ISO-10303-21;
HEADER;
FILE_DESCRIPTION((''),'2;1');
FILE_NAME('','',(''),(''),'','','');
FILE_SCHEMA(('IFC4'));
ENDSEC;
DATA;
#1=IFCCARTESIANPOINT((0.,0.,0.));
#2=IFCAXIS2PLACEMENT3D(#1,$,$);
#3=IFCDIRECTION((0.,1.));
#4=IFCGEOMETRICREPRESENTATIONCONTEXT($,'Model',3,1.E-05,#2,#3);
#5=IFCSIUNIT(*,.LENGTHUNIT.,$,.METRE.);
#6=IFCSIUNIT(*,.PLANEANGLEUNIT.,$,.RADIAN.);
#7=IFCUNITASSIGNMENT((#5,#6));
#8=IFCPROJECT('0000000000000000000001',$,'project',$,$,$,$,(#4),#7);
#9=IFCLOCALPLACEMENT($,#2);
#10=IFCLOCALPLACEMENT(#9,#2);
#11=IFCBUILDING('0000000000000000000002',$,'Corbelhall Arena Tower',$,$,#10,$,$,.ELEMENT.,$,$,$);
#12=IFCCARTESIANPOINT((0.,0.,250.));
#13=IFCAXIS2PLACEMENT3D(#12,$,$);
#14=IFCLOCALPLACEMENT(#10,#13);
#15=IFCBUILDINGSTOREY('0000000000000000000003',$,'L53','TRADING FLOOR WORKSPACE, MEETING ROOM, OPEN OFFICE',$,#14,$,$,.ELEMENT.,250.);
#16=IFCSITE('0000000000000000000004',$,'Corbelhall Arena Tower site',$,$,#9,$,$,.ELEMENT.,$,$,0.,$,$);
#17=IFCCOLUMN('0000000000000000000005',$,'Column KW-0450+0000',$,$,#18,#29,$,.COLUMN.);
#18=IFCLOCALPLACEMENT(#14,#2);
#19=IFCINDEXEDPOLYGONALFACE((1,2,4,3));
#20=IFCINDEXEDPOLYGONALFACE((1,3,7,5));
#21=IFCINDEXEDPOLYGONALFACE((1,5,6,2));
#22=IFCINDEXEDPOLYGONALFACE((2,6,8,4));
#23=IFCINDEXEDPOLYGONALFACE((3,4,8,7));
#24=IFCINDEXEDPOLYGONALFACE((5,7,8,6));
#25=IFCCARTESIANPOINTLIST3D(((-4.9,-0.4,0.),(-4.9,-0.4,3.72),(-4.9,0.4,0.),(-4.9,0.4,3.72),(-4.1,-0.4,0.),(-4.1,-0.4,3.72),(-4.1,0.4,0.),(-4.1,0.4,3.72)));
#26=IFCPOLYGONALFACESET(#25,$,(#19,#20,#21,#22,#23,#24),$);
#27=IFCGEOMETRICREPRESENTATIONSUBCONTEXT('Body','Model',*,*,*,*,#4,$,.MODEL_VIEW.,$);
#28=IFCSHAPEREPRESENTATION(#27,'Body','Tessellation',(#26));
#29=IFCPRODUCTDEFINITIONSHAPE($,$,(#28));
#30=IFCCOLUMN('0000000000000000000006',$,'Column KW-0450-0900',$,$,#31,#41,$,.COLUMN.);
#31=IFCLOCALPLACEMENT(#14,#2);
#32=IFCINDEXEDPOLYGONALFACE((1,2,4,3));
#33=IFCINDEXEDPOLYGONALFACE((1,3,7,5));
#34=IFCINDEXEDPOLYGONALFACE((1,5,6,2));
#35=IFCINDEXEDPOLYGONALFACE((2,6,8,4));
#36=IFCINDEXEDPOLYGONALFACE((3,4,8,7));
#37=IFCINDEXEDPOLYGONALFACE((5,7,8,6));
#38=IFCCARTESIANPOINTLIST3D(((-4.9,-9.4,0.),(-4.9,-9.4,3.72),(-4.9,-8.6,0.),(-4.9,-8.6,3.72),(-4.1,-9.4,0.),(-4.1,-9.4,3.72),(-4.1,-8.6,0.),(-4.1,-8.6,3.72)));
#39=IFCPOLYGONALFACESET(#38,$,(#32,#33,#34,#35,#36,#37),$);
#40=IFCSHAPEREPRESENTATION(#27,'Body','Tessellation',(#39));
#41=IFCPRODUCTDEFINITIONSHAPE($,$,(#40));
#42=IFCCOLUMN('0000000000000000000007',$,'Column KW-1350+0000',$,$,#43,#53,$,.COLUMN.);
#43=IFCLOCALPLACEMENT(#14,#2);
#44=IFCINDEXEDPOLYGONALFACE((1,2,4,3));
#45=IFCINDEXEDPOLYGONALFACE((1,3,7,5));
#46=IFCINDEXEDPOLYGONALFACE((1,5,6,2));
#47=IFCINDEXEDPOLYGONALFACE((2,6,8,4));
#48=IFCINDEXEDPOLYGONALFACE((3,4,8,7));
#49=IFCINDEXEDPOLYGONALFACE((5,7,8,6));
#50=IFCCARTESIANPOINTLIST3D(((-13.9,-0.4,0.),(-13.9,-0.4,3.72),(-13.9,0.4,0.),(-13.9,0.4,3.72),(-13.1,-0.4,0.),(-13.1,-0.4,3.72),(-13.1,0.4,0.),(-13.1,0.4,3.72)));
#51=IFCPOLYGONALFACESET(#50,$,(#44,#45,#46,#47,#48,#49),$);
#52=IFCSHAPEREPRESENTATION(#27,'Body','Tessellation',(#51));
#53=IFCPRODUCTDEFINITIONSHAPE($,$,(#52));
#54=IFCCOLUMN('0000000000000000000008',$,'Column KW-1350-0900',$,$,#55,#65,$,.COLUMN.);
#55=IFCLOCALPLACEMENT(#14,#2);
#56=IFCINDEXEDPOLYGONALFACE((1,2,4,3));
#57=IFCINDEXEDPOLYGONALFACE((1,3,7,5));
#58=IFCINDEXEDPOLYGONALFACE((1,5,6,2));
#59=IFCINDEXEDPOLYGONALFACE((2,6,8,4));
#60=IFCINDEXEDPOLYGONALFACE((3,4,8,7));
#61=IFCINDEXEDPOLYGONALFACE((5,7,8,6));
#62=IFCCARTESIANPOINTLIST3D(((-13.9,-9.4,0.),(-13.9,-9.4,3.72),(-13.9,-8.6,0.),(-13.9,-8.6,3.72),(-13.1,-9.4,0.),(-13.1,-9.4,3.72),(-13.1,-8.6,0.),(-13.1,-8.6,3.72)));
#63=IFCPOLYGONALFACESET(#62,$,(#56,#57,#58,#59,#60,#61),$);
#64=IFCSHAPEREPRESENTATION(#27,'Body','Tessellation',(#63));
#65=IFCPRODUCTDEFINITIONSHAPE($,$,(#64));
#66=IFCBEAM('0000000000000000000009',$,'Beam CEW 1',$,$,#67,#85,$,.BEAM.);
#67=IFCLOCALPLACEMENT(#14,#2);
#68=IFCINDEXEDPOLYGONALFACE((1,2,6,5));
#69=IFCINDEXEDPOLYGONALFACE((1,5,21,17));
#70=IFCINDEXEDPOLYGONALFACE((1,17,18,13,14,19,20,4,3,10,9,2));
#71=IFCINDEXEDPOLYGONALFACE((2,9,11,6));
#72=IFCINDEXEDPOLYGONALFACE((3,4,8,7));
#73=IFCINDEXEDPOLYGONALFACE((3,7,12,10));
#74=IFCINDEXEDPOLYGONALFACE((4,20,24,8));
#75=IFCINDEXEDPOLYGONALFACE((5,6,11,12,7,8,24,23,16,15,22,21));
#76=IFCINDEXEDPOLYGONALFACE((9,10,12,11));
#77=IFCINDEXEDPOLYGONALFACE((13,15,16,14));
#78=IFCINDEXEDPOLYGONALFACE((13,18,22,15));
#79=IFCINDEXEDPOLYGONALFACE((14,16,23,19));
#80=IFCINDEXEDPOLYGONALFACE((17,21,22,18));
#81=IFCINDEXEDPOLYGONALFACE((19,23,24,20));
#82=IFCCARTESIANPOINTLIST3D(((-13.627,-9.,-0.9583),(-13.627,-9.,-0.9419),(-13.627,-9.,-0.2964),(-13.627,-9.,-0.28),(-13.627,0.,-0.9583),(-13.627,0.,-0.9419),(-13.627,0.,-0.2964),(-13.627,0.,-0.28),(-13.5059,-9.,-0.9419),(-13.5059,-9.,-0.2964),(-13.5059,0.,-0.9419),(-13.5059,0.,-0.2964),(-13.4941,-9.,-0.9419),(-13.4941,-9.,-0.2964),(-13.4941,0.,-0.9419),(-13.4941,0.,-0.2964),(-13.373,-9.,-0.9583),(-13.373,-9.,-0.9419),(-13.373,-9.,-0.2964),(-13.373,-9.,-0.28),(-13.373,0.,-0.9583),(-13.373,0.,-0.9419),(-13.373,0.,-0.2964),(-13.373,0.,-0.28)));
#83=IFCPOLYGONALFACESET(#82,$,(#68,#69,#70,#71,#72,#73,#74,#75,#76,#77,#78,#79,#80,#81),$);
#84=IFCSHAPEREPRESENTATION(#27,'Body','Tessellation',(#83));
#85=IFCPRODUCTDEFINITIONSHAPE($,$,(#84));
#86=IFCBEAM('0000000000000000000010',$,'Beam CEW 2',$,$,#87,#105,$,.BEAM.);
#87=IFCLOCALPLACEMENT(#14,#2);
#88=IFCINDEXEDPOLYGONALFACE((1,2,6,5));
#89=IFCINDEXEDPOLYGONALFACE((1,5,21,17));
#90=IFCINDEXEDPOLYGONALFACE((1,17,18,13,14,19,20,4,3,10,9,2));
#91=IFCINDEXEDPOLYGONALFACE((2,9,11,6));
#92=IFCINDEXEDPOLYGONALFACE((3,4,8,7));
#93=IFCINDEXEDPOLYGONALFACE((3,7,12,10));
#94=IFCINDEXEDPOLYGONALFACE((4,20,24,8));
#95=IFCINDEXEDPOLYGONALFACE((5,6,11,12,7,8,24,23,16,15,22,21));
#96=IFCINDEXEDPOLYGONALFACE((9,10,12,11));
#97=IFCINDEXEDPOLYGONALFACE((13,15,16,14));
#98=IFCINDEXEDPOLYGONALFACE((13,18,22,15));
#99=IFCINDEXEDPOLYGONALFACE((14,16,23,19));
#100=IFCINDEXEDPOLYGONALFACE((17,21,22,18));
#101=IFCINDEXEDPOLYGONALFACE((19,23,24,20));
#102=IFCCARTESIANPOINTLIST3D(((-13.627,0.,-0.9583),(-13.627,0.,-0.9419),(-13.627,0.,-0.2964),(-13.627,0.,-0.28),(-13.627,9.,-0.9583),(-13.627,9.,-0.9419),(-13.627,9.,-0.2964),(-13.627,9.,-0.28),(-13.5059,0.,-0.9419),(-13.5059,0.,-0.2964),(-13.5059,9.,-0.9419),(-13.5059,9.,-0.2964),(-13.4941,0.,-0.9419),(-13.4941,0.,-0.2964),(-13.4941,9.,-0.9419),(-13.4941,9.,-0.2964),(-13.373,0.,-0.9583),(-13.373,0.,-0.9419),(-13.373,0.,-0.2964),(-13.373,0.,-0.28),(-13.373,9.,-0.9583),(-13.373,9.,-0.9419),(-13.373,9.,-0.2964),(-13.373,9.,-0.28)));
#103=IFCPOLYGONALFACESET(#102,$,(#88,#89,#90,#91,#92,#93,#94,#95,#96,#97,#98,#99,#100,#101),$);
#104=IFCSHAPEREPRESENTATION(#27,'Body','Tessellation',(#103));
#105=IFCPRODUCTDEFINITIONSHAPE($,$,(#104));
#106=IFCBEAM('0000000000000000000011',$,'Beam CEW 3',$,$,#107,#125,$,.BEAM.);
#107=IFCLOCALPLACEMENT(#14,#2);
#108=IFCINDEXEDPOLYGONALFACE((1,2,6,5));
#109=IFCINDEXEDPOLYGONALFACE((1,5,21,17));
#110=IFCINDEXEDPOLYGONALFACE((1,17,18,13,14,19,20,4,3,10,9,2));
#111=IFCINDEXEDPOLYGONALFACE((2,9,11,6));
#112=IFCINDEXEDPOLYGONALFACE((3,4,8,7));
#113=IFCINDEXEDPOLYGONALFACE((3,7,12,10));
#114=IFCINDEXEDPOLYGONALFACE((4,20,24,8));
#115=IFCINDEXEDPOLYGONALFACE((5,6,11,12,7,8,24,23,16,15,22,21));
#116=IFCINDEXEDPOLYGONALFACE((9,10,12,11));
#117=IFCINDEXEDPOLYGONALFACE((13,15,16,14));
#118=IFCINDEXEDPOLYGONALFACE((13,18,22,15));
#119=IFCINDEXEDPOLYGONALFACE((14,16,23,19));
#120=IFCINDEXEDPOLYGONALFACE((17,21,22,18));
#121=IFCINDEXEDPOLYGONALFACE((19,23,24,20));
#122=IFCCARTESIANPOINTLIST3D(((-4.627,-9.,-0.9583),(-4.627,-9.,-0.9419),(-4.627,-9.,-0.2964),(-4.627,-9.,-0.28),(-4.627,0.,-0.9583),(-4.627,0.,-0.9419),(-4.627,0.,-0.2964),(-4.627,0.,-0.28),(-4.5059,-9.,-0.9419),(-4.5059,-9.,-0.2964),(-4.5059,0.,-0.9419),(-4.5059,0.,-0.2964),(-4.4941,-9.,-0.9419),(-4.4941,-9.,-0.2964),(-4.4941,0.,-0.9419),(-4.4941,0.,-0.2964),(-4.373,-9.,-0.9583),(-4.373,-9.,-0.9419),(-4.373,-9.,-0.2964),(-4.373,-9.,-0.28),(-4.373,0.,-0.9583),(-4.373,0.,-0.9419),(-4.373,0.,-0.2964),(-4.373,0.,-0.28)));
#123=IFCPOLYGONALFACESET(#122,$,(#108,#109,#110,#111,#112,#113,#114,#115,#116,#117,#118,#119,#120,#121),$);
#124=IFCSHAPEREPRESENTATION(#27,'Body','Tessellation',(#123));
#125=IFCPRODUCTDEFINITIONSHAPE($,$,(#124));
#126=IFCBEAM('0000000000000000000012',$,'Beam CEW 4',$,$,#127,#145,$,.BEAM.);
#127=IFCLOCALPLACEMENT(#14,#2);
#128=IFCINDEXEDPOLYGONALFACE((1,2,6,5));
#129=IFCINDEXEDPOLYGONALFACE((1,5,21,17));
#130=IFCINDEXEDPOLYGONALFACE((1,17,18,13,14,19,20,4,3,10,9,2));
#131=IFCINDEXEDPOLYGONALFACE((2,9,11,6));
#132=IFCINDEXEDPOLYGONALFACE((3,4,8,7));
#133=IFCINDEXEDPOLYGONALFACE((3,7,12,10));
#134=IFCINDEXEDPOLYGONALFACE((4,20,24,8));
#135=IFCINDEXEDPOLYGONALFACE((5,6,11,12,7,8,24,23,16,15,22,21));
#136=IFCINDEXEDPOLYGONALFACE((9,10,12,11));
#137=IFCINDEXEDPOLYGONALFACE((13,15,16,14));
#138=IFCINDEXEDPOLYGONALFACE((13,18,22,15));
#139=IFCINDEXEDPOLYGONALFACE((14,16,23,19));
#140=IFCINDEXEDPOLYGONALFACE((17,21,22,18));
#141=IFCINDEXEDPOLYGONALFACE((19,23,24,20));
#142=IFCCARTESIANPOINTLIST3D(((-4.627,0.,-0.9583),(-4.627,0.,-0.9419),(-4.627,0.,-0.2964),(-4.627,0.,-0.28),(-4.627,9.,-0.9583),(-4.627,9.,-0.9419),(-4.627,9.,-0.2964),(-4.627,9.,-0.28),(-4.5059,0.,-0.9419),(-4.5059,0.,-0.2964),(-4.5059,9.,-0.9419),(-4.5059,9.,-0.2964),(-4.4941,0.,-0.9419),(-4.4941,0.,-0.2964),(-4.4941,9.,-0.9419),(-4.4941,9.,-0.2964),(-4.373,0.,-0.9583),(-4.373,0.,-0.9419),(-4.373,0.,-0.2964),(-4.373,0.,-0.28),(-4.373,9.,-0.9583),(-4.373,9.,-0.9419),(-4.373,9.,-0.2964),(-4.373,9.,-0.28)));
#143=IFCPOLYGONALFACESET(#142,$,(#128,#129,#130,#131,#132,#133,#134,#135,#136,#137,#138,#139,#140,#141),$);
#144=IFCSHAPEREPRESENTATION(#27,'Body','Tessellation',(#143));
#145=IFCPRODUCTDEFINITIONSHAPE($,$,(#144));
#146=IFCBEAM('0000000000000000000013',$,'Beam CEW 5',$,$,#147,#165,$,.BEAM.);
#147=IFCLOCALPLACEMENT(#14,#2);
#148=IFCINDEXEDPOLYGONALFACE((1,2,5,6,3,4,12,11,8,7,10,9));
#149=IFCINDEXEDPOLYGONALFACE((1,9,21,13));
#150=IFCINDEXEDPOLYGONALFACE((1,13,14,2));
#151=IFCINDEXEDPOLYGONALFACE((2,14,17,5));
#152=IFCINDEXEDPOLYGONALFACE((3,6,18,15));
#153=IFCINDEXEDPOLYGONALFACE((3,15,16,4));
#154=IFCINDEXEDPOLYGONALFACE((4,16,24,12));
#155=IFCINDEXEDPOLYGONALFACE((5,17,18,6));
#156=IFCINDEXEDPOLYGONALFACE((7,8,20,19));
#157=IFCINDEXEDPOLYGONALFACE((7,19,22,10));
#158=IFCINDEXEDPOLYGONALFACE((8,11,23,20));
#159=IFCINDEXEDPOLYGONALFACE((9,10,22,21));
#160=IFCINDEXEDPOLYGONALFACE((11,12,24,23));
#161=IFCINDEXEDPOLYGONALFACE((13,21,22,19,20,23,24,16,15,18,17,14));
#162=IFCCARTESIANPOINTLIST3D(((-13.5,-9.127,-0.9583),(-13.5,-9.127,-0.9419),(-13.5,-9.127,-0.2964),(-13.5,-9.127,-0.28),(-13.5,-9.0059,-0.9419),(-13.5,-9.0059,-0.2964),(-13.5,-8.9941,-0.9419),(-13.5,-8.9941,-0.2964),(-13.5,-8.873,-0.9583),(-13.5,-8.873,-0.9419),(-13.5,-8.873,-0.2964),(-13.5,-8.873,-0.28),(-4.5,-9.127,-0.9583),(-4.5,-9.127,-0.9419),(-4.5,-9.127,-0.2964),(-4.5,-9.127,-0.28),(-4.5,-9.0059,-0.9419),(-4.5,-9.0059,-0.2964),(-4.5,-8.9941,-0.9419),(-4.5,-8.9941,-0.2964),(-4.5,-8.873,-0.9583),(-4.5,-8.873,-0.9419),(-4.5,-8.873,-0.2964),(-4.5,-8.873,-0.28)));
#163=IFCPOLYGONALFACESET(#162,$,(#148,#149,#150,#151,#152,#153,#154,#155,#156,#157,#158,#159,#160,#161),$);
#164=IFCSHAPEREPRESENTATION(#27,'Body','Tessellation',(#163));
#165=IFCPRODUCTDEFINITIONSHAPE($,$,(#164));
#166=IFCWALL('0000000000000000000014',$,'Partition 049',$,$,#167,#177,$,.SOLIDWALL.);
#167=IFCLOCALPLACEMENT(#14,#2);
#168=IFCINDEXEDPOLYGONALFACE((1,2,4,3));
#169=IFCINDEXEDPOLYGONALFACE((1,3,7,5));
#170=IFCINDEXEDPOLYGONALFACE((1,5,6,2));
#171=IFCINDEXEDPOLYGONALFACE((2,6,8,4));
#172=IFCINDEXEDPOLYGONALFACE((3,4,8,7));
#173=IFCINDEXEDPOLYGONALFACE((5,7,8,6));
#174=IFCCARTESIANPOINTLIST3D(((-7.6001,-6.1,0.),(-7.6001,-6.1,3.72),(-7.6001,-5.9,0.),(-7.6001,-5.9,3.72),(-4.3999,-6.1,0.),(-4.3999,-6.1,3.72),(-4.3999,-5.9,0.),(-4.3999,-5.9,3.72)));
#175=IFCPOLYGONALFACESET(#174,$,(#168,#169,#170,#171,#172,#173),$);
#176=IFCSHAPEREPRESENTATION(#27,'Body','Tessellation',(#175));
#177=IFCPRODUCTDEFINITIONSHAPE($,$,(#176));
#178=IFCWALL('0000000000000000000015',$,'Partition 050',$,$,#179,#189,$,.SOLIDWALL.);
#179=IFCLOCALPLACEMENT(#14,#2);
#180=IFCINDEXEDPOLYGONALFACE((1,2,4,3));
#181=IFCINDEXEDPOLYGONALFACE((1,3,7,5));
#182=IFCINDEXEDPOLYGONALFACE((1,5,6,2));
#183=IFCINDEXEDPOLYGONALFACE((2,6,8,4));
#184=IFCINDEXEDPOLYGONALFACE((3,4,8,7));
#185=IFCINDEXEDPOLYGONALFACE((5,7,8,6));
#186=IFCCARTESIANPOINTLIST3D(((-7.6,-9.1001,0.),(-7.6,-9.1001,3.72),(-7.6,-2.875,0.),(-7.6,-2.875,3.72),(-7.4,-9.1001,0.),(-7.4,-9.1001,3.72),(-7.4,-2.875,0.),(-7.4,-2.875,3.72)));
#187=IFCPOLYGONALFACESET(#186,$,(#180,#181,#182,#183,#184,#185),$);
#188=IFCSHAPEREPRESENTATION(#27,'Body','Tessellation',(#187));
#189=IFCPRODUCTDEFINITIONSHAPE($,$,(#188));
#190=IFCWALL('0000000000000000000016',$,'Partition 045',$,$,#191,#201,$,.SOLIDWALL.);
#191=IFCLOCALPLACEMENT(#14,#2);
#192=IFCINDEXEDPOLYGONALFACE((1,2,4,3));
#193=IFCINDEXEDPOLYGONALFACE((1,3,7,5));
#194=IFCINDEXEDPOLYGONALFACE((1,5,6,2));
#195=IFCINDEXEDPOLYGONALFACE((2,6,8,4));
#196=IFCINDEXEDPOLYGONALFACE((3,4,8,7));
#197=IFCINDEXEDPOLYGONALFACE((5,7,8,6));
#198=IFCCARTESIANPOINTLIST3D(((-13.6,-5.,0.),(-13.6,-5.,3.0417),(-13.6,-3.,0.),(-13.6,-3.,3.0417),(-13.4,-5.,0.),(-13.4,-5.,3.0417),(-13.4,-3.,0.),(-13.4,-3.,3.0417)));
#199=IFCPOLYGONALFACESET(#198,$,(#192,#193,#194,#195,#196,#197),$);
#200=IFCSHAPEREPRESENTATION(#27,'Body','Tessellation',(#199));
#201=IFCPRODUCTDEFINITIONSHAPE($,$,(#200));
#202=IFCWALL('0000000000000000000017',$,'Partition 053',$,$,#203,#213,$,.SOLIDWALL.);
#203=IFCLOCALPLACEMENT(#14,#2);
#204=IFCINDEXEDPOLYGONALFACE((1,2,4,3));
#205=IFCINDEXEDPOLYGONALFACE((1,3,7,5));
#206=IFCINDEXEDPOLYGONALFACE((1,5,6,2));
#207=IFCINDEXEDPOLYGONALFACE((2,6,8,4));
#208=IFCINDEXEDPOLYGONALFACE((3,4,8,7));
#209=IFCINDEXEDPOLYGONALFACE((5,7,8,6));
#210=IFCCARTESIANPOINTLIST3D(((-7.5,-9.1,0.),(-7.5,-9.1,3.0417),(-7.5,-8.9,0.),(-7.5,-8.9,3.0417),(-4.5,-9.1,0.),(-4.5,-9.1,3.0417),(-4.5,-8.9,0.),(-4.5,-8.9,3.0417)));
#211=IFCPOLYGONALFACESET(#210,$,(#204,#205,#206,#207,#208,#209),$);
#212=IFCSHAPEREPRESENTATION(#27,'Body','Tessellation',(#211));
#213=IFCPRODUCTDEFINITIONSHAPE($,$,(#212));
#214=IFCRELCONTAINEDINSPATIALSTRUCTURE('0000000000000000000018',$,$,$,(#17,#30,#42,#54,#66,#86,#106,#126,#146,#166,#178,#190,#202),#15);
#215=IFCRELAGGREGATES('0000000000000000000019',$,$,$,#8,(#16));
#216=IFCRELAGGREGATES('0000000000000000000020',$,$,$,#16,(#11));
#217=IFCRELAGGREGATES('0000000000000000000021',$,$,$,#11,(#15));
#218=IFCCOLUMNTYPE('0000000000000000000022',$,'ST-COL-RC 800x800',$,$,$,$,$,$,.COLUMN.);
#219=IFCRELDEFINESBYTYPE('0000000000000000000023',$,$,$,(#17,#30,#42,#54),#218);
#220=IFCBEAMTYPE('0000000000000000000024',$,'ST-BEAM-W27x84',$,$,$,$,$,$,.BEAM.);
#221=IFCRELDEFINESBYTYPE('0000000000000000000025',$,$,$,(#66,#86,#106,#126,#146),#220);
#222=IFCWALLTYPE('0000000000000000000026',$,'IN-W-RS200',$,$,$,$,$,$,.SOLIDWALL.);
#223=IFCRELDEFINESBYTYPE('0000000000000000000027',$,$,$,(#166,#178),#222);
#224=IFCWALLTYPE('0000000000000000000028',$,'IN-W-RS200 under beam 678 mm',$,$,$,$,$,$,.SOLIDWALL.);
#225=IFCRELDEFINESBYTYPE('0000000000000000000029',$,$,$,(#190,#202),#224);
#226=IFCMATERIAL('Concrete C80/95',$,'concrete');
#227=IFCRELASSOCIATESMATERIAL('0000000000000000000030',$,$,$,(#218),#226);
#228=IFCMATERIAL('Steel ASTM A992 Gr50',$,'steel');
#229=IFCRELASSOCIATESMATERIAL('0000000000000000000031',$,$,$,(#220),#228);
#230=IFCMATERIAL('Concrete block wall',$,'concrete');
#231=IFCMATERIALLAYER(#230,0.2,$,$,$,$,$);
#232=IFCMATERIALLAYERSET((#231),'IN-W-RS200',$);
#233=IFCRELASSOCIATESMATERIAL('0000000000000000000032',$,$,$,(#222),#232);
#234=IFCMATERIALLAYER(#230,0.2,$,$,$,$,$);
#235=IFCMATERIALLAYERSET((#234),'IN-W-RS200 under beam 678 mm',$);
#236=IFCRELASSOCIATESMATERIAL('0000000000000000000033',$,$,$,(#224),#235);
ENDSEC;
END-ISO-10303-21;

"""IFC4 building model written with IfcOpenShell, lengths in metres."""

from ifc_helpers import new_model, si_unit, direction, frame, frame_2d, origin, origin_2d, place, context, subcontext, project, spatial, rectangle, i_section, extrude, material, layer, layer_set, material_profile, profile_set, type_object, element, save


model = new_model("IFC4")

# Units and contexts
model_context = context("Model", 3, precision=1e-05, world=origin(), true_north=direction((0.0, 1.0)))
body_context = subcontext(model_context, "Body", "Model", "MODEL_VIEW")
ifc_project = project(units=[si_unit("LENGTHUNIT", "METRE"), si_unit("PLANEANGLEUNIT", "RADIAN")], contexts=[model_context])

# Site, building, storey
site_placement = place(None, origin())
site = spatial("IfcSite", under=ifc_project, at=site_placement, Name="Corbelhall Arena Tower site", CompositionType="ELEMENT", RefElevation=0.0)
building_placement = place(site_placement, origin())
building = spatial("IfcBuilding", under=site, at=building_placement, Name="Corbelhall Arena Tower", CompositionType="ELEMENT")
storey_placement = place(building_placement, frame((0.0, 0.0, 250.0)))
storey = spatial("IfcBuildingStorey", under=building, at=storey_placement, Name="L53", Description="TRADING FLOOR WORKSPACE, MEETING ROOM, OPEN OFFICE", CompositionType="ELEMENT", Elevation=250.0)

# Columns
ifc_material_1 = material(Name="Concrete C80/95", Category="concrete")
ifc_material_profile_1 = material_profile(ifc_material_1, rectangle(XDim=0.8, YDim=0.8, at=origin_2d()))
ifc_profile_set_1 = profile_set([ifc_material_profile_1], Name="Concrete C80/95")
column_type = type_object("IfcColumnType", Name="ST-COL-RC 800x800", PredefinedType="COLUMN", material=ifc_profile_set_1)
for number, where, z_axis, x_axis, name in (
    (1, (-4.5, 0.0, 0.0), (0.0, 0.0, 1.0), (1.0, 0.0, 0.0), "Column KW-0450+0000"),
    (2, (-4.5, -9.0, 0.0), (0.0, 0.0, 1.0), (1.0, 0.0, 0.0), "Column KW-0450-0900"),
    (3, (-13.5, 0.0, 0.0), (0.0, 0.0, 1.0), (1.0, 0.0, 0.0), "Column KW-1350+0000"),
    (4, (-13.5, -9.0, 0.0), (0.0, 0.0, 1.0), (1.0, 0.0, 0.0), "Column KW-1350-0900"),
):
    element("IfcColumn", number, at=place(storey_placement, frame(where, z_axis=z_axis, x_axis=x_axis)), inside=storey, type_object=column_type, Name=name, PredefinedType="COLUMN", context=body_context, shape_type="SweptSolid", body=[
        extrude(rectangle(XDim=0.8, YDim=0.8, at=origin_2d()), origin(), (0.0, 0.0, 1.0), 3.72),
    ])

# Beams
ifc_material_2 = material(Name="Steel ASTM A992 Gr50", Category="steel")
ifc_material_profile_2 = material_profile(ifc_material_2, i_section(OverallWidth=0.2539, OverallDepth=0.6782, WebThickness=0.0117, FlangeThickness=0.0164, at=origin_2d()))
ifc_profile_set_2 = profile_set([ifc_material_profile_2], Name="Steel ASTM A992 Gr50")
beam_type = type_object("IfcBeamType", Name="ST-BEAM-W27x84", PredefinedType="BEAM", material=ifc_profile_set_2)
for number, where, z_axis, x_axis, name in (
    (5, (-13.5, -9.0, -0.6191), (0.0, 1.0, 0.0), (-1.0, 0.0, 0.0), "Beam CEW 1"),
    (6, (-13.5, 0.0, -0.6191), (0.0, 1.0, 0.0), (-1.0, 0.0, 0.0), "Beam CEW 2"),
    (7, (-4.5, -9.0, -0.6191), (0.0, 1.0, 0.0), (-1.0, 0.0, 0.0), "Beam CEW 3"),
    (8, (-4.5, 0.0, -0.6191), (0.0, 1.0, 0.0), (-1.0, 0.0, 0.0), "Beam CEW 4"),
    (9, (-13.5, -9.0, -0.6191), (1.0, 0.0, 0.0), (0.0, 1.0, 0.0), "Beam CEW 5"),
):
    element("IfcBeam", number, at=place(storey_placement, frame(where, z_axis=z_axis, x_axis=x_axis)), inside=storey, type_object=beam_type, Name=name, PredefinedType="BEAM", context=body_context, shape_type="SweptSolid", body=[
        extrude(i_section(OverallWidth=0.2539, OverallDepth=0.6782, WebThickness=0.0117, FlangeThickness=0.0164, at=origin_2d()), origin(), (0.0, 0.0, 1.0), 9.0),
    ])

# Shared definitions
ifc_material_3 = material(Name="Concrete block wall", Category="concrete")
ifc_layer_1 = layer(ifc_material_3, 0.2)
ifc_layer_set_1 = layer_set([ifc_layer_1], Name="IN-W-RS200")
wall_type_1 = type_object("IfcWallType", Name="IN-W-RS200", PredefinedType="SOLIDWALL", material=ifc_layer_set_1)

# Walls
wall_1_placement = place(storey_placement, frame((-7.6001, -6.0, 0.0), z_axis=(0.0, 0.0, 1.0), x_axis=(1.0, 0.0, 0.0)))
element("IfcWall", 10, at=wall_1_placement, inside=storey, type_object=wall_type_1, Name="Partition 049", PredefinedType="SOLIDWALL", context=body_context, shape_type="SweptSolid", body=[
    extrude(rectangle(XDim=3.2002, YDim=0.2, at=frame_2d((1.6001, 0.0))), origin(), (0.0, 0.0, 1.0), 3.72),
])
wall_2_placement = place(storey_placement, frame((-7.5, -9.1001, 0.0), z_axis=(0.0, 0.0, 1.0), x_axis=(0.0, 1.0, 0.0)))
element("IfcWall", 11, at=wall_2_placement, inside=storey, type_object=wall_type_1, Name="Partition 050", PredefinedType="SOLIDWALL", context=body_context, shape_type="SweptSolid", body=[
    extrude(rectangle(XDim=6.2251, YDim=0.2, at=frame_2d((3.1125, 0.0))), origin(), (0.0, 0.0, 1.0), 3.72),
])
ifc_layer_2 = layer(ifc_material_3, 0.2)
ifc_layer_set_2 = layer_set([ifc_layer_2], Name="IN-W-RS200 under beam 678 mm")
wall_type_2 = type_object("IfcWallType", Name="IN-W-RS200 under beam 678 mm", PredefinedType="SOLIDWALL", material=ifc_layer_set_2)
wall_3_placement = place(storey_placement, frame((-13.5, -5.0, 0.0), z_axis=(0.0, 0.0, 1.0), x_axis=(0.0, 1.0, 0.0)))
element("IfcWall", 12, at=wall_3_placement, inside=storey, type_object=wall_type_2, Name="Partition 045", PredefinedType="SOLIDWALL", context=body_context, shape_type="SweptSolid", body=[
    extrude(rectangle(XDim=2.0, YDim=0.2, at=frame_2d((1.0, 0.0))), origin(), (0.0, 0.0, 1.0), 3.0417),
])
wall_4_placement = place(storey_placement, frame((-4.5, -9.0, 0.0), z_axis=(0.0, 0.0, 1.0), x_axis=(-1.0, 0.0, 0.0)))
element("IfcWall", 13, at=wall_4_placement, inside=storey, type_object=wall_type_2, Name="Partition 053", PredefinedType="SOLIDWALL", context=body_context, shape_type="SweptSolid", body=[
    extrude(rectangle(XDim=3.0, YDim=0.2, at=frame_2d((1.5, 0.0))), origin(), (0.0, 0.0, 1.0), 3.0417),
])

save(model, "model.ifc")
